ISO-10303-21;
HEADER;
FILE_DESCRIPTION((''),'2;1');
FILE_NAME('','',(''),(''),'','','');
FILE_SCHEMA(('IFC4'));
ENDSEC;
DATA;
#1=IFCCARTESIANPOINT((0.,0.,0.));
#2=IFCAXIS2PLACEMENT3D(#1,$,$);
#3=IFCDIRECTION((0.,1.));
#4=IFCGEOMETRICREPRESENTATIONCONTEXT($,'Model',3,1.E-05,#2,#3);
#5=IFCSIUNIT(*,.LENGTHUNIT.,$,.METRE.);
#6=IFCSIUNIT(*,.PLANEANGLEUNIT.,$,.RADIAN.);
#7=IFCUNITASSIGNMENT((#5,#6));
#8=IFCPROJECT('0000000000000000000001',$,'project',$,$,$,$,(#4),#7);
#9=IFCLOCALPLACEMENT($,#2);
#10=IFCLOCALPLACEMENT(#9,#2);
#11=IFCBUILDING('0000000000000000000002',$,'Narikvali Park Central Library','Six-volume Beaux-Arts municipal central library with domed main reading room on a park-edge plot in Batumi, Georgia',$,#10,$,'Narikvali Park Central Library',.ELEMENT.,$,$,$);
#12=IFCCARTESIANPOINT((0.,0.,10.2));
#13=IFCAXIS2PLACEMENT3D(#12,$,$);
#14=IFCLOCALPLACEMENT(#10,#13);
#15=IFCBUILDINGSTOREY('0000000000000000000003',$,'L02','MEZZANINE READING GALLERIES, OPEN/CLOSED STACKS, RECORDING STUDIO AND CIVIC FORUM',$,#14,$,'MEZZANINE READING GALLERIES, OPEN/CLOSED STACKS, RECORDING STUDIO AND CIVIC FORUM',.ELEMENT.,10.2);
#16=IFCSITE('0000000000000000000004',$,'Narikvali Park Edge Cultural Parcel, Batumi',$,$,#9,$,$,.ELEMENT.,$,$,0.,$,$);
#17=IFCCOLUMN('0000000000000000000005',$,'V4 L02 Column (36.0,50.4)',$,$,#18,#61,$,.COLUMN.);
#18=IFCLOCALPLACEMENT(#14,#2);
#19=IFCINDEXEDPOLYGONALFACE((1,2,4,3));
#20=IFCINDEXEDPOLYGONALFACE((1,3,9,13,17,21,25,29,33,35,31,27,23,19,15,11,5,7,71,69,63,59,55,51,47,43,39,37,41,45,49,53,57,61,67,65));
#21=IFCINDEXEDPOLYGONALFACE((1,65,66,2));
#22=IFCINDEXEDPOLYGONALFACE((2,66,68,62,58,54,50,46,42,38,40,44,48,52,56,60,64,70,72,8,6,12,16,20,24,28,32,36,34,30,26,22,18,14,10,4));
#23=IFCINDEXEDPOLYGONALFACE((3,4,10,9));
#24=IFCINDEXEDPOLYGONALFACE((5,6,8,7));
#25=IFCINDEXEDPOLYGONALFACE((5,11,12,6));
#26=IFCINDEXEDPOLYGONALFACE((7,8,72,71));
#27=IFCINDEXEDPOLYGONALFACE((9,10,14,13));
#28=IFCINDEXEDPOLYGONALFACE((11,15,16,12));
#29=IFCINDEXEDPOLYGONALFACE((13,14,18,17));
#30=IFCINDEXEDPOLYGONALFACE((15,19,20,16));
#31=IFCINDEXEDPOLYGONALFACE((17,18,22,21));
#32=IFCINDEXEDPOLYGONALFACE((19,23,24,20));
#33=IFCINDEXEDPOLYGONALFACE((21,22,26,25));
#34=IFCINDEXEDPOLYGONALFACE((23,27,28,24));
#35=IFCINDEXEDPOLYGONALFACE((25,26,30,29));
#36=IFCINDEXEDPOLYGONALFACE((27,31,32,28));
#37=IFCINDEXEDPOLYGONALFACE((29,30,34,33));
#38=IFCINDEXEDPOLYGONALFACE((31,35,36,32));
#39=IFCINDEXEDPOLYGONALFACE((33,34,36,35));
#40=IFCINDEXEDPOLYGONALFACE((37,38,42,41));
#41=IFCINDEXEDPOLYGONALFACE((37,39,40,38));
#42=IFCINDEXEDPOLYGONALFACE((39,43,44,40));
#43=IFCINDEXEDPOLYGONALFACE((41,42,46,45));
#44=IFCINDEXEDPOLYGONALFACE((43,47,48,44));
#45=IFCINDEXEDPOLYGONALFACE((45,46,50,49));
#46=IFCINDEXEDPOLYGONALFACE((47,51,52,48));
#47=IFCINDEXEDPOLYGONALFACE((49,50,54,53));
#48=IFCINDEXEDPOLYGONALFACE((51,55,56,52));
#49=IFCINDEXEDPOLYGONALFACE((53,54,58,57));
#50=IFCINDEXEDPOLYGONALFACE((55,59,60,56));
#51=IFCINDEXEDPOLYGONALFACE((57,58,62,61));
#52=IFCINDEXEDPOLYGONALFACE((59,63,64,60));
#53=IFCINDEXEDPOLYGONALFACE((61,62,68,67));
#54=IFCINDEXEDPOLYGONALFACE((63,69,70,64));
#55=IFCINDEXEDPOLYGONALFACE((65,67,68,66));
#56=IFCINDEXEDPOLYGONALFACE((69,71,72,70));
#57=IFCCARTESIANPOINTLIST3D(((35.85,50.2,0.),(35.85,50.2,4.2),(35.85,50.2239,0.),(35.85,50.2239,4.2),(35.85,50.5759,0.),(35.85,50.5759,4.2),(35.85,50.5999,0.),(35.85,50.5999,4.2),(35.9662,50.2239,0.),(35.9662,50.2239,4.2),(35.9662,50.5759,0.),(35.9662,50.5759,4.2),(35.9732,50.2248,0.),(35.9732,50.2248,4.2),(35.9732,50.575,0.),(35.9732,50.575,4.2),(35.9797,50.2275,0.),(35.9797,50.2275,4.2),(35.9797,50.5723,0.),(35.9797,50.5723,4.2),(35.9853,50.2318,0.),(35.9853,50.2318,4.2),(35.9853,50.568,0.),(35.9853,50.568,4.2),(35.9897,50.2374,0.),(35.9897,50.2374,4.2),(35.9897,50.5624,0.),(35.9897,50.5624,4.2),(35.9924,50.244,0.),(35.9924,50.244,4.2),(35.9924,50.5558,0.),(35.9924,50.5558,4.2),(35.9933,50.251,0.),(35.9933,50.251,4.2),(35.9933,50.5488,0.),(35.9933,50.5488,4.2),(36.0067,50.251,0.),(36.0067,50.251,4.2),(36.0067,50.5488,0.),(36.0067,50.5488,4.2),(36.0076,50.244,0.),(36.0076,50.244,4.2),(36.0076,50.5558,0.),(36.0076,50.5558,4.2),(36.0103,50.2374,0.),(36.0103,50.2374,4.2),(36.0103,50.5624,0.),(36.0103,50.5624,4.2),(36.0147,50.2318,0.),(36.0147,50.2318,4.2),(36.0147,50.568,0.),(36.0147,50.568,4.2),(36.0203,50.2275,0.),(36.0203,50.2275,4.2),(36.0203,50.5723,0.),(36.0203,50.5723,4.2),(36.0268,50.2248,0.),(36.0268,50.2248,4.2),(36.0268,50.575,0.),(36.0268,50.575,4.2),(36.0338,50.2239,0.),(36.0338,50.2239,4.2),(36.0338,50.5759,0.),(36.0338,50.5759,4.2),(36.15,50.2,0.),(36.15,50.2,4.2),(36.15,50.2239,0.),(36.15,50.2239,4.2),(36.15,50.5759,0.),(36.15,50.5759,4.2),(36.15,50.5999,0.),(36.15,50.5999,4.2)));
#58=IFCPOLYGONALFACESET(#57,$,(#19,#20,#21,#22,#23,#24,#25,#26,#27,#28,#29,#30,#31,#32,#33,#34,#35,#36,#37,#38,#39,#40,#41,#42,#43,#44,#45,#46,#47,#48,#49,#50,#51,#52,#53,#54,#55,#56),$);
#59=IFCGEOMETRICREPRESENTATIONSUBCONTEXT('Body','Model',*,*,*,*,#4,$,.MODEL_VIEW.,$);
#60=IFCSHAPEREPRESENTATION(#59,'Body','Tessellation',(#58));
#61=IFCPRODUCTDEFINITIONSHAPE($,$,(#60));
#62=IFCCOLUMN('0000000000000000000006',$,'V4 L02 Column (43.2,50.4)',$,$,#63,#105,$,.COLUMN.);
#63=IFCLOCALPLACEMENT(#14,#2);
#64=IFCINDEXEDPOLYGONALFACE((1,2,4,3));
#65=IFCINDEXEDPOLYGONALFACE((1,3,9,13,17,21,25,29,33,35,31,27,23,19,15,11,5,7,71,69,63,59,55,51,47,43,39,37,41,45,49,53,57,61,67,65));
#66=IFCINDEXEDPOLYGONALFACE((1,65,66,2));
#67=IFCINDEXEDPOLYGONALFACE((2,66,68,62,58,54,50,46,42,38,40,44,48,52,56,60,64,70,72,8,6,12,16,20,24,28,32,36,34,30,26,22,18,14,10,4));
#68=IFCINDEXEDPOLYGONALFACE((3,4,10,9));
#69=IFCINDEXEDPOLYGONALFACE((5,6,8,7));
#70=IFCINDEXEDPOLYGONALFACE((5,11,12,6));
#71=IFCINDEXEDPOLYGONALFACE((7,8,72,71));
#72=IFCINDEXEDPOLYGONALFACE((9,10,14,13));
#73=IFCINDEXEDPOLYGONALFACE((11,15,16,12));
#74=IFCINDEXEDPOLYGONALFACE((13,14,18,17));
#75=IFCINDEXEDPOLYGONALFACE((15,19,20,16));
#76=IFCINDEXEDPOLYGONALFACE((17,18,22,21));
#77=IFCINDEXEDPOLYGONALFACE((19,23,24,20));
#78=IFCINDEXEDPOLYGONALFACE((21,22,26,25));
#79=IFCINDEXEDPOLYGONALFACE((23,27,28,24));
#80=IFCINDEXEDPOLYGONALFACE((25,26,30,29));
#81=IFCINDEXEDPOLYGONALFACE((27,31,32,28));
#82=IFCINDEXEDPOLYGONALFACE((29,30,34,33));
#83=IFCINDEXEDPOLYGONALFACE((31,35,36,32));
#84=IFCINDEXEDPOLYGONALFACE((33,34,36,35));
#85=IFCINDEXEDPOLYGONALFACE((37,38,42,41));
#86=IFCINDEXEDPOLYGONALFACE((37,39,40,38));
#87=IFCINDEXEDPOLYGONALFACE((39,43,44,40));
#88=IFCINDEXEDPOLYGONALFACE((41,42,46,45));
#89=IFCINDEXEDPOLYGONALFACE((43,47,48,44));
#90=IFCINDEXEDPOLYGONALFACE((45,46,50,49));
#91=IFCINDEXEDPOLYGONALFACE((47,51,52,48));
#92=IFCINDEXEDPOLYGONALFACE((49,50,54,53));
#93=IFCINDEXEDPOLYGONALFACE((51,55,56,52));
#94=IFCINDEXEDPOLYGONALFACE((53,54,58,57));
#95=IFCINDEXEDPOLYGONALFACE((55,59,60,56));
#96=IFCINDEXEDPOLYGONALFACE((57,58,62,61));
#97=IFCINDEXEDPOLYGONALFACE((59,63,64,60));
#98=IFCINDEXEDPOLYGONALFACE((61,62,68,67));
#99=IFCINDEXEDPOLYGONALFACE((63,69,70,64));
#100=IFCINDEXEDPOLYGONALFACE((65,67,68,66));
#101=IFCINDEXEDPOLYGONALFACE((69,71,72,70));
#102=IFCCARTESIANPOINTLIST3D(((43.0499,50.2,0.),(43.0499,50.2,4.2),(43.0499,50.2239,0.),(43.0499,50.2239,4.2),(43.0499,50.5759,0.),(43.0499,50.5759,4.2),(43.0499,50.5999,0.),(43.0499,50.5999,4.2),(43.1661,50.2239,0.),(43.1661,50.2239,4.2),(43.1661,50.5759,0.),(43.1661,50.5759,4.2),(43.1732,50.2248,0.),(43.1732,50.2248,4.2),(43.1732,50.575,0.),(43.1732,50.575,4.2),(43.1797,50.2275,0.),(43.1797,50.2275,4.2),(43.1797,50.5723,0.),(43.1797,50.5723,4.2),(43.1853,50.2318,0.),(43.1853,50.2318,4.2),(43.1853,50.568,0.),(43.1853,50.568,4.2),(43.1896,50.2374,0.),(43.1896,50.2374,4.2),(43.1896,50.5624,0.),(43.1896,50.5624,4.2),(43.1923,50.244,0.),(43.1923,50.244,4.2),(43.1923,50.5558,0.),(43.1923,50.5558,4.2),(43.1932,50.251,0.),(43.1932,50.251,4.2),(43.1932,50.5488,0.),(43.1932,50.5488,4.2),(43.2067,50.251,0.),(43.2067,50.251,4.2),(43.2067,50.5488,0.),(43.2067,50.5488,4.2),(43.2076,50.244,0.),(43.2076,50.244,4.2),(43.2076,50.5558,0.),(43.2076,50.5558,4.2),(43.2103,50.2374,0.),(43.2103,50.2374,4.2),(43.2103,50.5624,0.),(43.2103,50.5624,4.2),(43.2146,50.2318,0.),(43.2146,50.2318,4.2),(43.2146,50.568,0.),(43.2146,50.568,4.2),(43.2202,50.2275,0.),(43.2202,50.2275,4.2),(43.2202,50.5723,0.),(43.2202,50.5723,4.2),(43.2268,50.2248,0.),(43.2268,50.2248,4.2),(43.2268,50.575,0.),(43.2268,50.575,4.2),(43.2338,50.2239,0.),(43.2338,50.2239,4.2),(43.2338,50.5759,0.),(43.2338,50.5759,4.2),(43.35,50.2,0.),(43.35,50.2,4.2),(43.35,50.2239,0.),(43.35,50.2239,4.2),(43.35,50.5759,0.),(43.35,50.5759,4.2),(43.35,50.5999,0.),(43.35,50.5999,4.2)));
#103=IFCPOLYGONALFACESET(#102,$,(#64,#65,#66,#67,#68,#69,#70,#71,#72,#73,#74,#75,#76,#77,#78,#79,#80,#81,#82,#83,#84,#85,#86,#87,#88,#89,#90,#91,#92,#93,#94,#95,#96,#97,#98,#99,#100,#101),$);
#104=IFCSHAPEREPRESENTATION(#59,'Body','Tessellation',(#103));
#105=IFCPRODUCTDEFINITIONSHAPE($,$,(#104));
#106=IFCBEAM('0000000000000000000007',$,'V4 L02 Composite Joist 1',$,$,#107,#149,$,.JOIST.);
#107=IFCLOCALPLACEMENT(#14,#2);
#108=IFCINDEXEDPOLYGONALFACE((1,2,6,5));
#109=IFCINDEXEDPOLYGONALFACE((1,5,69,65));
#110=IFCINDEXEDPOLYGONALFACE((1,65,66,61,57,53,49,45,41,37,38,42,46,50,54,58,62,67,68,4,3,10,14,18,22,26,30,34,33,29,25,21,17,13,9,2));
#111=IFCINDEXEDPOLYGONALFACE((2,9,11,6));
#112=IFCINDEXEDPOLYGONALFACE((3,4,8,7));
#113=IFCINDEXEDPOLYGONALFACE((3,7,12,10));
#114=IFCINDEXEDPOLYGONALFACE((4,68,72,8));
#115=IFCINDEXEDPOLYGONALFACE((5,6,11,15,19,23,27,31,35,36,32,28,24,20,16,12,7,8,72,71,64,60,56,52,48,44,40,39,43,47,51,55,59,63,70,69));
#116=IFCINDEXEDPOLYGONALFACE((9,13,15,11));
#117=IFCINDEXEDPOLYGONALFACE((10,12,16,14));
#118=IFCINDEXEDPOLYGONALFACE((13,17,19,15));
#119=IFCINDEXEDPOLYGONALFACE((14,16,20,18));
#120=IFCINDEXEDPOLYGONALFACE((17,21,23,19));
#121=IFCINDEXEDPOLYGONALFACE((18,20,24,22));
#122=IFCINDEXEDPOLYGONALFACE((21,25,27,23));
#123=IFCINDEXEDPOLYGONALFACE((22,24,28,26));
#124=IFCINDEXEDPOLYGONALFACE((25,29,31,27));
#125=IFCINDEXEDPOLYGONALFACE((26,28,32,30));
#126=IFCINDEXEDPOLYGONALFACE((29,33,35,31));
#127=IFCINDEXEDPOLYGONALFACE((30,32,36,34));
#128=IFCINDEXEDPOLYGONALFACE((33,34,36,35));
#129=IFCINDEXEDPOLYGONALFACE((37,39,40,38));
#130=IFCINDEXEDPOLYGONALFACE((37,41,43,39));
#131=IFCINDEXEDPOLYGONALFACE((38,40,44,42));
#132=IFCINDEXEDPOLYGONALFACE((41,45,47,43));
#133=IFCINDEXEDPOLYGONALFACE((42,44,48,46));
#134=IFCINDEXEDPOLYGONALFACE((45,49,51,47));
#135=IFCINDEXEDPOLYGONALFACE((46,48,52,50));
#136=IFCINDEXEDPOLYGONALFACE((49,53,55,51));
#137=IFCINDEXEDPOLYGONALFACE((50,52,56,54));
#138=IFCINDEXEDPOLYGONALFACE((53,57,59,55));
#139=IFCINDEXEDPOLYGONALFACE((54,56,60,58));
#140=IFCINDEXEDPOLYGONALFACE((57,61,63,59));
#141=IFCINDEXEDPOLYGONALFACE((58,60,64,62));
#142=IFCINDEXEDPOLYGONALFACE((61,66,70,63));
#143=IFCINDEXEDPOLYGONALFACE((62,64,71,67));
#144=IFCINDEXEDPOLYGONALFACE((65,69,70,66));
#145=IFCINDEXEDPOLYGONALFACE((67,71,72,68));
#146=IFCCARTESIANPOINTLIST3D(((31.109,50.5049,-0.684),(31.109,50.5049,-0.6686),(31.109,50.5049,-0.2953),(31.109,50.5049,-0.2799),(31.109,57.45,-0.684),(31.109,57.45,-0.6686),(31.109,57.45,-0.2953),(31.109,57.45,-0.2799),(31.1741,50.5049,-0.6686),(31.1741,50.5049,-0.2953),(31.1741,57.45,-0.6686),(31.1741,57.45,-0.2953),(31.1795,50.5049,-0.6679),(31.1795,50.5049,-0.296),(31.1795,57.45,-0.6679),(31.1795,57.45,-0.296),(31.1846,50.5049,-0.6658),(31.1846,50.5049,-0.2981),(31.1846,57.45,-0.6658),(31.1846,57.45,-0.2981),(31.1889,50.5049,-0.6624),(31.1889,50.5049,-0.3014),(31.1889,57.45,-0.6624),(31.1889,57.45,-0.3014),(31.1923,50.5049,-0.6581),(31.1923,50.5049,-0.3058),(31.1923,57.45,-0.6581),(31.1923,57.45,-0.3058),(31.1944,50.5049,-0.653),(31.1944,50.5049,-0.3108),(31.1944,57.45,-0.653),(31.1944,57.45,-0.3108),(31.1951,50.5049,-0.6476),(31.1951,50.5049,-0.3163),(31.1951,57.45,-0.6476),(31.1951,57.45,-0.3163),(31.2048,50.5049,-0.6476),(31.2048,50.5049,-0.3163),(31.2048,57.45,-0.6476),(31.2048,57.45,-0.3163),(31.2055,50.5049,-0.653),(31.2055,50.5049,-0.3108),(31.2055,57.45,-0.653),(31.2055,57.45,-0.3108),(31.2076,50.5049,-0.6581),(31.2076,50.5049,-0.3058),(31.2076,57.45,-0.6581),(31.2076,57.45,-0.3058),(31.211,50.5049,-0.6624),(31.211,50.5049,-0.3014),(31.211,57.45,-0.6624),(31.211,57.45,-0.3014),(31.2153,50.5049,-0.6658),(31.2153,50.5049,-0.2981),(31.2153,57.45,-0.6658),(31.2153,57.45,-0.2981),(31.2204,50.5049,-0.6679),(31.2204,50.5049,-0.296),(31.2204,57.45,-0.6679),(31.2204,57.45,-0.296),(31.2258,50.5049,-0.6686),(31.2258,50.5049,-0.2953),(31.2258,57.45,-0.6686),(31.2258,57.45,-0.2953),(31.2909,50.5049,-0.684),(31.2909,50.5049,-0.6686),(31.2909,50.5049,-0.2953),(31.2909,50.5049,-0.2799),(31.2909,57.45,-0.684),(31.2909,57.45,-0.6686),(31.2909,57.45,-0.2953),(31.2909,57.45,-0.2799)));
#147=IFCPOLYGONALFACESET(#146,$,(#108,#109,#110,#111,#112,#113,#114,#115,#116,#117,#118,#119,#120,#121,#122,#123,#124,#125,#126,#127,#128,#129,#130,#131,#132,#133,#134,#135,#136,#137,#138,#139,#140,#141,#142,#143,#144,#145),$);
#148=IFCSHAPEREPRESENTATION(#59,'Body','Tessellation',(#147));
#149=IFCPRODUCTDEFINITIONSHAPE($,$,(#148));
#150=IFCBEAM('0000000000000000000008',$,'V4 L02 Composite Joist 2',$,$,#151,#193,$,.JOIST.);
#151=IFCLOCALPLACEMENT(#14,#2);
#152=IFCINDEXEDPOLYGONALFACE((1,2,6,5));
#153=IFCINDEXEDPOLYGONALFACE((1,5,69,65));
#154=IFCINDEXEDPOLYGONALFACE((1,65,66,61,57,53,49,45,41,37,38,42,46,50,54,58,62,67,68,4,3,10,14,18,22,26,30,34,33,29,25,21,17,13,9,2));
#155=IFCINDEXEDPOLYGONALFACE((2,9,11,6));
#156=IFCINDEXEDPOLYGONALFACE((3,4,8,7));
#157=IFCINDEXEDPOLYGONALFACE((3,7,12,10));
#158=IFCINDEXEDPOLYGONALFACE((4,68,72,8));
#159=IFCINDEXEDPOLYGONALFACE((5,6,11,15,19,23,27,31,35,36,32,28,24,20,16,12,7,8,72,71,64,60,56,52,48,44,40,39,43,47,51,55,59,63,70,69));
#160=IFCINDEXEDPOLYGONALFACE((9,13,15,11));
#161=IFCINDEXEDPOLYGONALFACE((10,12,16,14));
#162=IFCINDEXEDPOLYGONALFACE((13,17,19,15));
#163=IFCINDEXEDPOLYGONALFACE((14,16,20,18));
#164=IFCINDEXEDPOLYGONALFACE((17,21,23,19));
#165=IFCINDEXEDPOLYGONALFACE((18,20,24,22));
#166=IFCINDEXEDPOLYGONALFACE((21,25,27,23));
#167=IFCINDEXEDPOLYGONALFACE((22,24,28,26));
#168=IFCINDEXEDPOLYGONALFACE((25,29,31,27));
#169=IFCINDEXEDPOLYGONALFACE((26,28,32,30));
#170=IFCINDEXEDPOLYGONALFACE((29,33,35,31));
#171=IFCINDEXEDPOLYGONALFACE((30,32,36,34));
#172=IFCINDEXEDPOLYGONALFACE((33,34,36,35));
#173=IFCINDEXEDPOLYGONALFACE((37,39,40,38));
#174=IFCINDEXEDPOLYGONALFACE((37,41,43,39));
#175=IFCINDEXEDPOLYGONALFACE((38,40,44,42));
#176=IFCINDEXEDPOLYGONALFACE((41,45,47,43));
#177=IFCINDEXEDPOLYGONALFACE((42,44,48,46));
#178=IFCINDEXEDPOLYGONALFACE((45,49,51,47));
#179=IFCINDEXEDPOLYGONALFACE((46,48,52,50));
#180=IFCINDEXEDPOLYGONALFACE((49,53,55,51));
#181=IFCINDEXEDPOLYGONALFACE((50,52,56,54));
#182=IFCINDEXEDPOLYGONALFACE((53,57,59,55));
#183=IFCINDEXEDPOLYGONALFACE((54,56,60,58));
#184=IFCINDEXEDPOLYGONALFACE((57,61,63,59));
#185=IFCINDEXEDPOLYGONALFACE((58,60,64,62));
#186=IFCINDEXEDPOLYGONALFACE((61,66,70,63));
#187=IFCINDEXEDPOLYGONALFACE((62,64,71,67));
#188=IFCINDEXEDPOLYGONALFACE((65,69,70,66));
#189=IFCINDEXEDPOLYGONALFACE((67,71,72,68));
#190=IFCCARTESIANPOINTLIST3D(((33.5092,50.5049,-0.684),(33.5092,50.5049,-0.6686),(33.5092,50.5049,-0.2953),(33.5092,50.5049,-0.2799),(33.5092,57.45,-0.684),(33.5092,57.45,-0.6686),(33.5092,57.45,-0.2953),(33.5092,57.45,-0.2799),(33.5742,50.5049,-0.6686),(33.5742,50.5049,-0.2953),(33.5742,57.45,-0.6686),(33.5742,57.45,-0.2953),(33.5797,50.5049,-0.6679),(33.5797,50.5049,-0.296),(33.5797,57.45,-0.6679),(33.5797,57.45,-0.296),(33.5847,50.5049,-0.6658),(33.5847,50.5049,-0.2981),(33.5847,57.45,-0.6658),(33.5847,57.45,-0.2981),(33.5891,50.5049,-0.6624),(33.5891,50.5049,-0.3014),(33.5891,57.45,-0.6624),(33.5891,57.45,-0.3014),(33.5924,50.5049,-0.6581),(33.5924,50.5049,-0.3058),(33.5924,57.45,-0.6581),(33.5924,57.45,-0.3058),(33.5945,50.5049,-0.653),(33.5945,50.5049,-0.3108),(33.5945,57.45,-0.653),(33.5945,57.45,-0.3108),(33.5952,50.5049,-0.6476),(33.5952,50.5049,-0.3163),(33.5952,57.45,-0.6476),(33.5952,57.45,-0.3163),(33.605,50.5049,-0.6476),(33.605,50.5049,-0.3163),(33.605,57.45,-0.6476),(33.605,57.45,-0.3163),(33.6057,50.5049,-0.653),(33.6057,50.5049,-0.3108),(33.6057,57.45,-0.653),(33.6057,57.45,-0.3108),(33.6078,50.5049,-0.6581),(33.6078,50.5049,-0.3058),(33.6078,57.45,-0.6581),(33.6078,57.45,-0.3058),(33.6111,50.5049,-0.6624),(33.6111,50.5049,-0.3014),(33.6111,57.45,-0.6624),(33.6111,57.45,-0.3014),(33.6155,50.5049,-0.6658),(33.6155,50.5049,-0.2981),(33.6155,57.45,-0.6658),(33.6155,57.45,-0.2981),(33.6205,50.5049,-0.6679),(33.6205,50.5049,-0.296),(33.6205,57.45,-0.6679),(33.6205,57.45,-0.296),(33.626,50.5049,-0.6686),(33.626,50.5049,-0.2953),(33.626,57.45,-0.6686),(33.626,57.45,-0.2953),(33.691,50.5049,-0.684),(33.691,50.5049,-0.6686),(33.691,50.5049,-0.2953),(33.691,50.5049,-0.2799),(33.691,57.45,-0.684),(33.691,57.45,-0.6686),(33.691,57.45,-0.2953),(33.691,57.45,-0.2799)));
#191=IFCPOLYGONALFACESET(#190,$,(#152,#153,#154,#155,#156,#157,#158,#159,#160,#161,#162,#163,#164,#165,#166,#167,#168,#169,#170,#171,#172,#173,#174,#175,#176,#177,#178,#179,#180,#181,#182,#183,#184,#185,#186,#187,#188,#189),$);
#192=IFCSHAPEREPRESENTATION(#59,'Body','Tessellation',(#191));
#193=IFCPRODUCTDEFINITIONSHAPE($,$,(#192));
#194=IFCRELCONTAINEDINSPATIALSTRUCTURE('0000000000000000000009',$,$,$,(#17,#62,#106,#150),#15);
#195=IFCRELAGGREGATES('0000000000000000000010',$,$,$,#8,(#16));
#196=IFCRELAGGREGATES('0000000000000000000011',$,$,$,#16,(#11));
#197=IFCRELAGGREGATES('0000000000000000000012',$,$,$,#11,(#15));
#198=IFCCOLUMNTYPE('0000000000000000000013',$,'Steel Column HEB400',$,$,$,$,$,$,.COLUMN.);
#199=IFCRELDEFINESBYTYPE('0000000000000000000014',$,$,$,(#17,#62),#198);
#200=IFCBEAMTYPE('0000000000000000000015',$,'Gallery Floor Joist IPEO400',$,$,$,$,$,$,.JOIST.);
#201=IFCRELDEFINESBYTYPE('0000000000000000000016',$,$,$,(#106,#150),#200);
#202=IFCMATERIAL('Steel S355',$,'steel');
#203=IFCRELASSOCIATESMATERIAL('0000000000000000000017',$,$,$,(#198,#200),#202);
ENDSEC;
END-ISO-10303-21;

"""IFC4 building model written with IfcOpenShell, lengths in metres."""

from ifc_helpers import new_model, si_unit, direction, frame, origin, origin_2d, place, context, subcontext, project, spatial, i_section, extrude, material, material_profile, profile_set, type_object, element, save


model = new_model("IFC4")

# Units and contexts
model_context = context("Model", 3, precision=1e-05, world=origin(), true_north=direction((0.0, 1.0)))
body_context = subcontext(model_context, "Body", "Model", "MODEL_VIEW")
ifc_project = project(units=[si_unit("LENGTHUNIT", "METRE"), si_unit("PLANEANGLEUNIT", "RADIAN")], contexts=[model_context])

# Site, building, storey
site_placement = place(None, origin())
site = spatial("IfcSite", under=ifc_project, at=site_placement, Name="Narikvali Park Edge Cultural Parcel, Batumi", CompositionType="ELEMENT", RefElevation=0.0)
building_placement = place(site_placement, origin())
building = spatial("IfcBuilding", under=site, at=building_placement, Name="Narikvali Park Central Library", Description="Six-volume Beaux-Arts municipal central library with domed main reading room on a park-edge plot in Batumi, Georgia", LongName="Narikvali Park Central Library", CompositionType="ELEMENT")
storey_placement = place(building_placement, frame((0.0, 0.0, 10.2)))
storey = spatial("IfcBuildingStorey", under=building, at=storey_placement, Name="L02", Description="MEZZANINE READING GALLERIES, OPEN/CLOSED STACKS, RECORDING STUDIO AND CIVIC FORUM", LongName="MEZZANINE READING GALLERIES, OPEN/CLOSED STACKS, RECORDING STUDIO AND CIVIC FORUM", CompositionType="ELEMENT", Elevation=10.2)

# Columns
ifc_material_1 = material(Name="Steel S355", Category="steel")
ifc_material_profile_1 = material_profile(ifc_material_1, i_section(OverallWidth=0.3, OverallDepth=0.3999, WebThickness=0.0134, FlangeThickness=0.0239, FilletRadius=0.0271, at=origin_2d()), Name="HEB 400")
ifc_profile_set_1 = profile_set([ifc_material_profile_1], Name="Steel S355")
column_type = type_object("IfcColumnType", Name="Steel Column HEB400", PredefinedType="COLUMN", material=ifc_profile_set_1)
for number, where, z_axis, x_axis, name in (
    (1, (36.0, 50.3999, 0.0), (0.0, 0.0, 1.0), (1.0, 0.0, 0.0), "V4 L02 Column (36.0,50.4)"),
    (2, (43.2, 50.3999, 0.0), (0.0, 0.0, 1.0), (1.0, 0.0, 0.0), "V4 L02 Column (43.2,50.4)"),
):
    element("IfcColumn", number, at=place(storey_placement, frame(where, z_axis=z_axis, x_axis=x_axis)), inside=storey, type_object=column_type, Name=name, PredefinedType="COLUMN", context=body_context, shape_type="SweptSolid", body=[
        extrude(i_section(OverallWidth=0.3, OverallDepth=0.3999, WebThickness=0.0134, FlangeThickness=0.0239, FilletRadius=0.0271, at=origin_2d()), origin(), (0.0, 0.0, 1.0), 4.2),
    ])

# Beams
ifc_material_profile_2 = material_profile(ifc_material_1, i_section(OverallWidth=0.1819, OverallDepth=0.4041, WebThickness=0.0098, FlangeThickness=0.0154, FilletRadius=0.021, at=origin_2d()), Name="IPEO 400")
ifc_profile_set_2 = profile_set([ifc_material_profile_2], Name="Steel S355")
beam_type_1 = type_object("IfcBeamType", Name="Gallery Floor Joist IPEO400", PredefinedType="JOIST", material=ifc_profile_set_2)
for number, where, z_axis, x_axis, name in (
    (3, (31.2, 50.5049, -0.4819), (0.0, 1.0, 0.0), (-1.0, 0.0, 0.0), "V4 L02 Composite Joist 1"),
    (4, (33.6001, 50.5049, -0.4819), (0.0, 1.0, 0.0), (-1.0, 0.0, 0.0), "V4 L02 Composite Joist 2"),
):
    element("IfcBeam", number, at=place(storey_placement, frame(where, z_axis=z_axis, x_axis=x_axis)), inside=storey, type_object=beam_type_1, Name=name, PredefinedType="JOIST", context=body_context, shape_type="SweptSolid", body=[
        extrude(i_section(OverallWidth=0.1819, OverallDepth=0.4041, WebThickness=0.0098, FlangeThickness=0.0154, FilletRadius=0.021, at=origin_2d()), origin(), (0.0, 0.0, 1.0), 6.9451),
    ])

save(model, "model.ifc")
